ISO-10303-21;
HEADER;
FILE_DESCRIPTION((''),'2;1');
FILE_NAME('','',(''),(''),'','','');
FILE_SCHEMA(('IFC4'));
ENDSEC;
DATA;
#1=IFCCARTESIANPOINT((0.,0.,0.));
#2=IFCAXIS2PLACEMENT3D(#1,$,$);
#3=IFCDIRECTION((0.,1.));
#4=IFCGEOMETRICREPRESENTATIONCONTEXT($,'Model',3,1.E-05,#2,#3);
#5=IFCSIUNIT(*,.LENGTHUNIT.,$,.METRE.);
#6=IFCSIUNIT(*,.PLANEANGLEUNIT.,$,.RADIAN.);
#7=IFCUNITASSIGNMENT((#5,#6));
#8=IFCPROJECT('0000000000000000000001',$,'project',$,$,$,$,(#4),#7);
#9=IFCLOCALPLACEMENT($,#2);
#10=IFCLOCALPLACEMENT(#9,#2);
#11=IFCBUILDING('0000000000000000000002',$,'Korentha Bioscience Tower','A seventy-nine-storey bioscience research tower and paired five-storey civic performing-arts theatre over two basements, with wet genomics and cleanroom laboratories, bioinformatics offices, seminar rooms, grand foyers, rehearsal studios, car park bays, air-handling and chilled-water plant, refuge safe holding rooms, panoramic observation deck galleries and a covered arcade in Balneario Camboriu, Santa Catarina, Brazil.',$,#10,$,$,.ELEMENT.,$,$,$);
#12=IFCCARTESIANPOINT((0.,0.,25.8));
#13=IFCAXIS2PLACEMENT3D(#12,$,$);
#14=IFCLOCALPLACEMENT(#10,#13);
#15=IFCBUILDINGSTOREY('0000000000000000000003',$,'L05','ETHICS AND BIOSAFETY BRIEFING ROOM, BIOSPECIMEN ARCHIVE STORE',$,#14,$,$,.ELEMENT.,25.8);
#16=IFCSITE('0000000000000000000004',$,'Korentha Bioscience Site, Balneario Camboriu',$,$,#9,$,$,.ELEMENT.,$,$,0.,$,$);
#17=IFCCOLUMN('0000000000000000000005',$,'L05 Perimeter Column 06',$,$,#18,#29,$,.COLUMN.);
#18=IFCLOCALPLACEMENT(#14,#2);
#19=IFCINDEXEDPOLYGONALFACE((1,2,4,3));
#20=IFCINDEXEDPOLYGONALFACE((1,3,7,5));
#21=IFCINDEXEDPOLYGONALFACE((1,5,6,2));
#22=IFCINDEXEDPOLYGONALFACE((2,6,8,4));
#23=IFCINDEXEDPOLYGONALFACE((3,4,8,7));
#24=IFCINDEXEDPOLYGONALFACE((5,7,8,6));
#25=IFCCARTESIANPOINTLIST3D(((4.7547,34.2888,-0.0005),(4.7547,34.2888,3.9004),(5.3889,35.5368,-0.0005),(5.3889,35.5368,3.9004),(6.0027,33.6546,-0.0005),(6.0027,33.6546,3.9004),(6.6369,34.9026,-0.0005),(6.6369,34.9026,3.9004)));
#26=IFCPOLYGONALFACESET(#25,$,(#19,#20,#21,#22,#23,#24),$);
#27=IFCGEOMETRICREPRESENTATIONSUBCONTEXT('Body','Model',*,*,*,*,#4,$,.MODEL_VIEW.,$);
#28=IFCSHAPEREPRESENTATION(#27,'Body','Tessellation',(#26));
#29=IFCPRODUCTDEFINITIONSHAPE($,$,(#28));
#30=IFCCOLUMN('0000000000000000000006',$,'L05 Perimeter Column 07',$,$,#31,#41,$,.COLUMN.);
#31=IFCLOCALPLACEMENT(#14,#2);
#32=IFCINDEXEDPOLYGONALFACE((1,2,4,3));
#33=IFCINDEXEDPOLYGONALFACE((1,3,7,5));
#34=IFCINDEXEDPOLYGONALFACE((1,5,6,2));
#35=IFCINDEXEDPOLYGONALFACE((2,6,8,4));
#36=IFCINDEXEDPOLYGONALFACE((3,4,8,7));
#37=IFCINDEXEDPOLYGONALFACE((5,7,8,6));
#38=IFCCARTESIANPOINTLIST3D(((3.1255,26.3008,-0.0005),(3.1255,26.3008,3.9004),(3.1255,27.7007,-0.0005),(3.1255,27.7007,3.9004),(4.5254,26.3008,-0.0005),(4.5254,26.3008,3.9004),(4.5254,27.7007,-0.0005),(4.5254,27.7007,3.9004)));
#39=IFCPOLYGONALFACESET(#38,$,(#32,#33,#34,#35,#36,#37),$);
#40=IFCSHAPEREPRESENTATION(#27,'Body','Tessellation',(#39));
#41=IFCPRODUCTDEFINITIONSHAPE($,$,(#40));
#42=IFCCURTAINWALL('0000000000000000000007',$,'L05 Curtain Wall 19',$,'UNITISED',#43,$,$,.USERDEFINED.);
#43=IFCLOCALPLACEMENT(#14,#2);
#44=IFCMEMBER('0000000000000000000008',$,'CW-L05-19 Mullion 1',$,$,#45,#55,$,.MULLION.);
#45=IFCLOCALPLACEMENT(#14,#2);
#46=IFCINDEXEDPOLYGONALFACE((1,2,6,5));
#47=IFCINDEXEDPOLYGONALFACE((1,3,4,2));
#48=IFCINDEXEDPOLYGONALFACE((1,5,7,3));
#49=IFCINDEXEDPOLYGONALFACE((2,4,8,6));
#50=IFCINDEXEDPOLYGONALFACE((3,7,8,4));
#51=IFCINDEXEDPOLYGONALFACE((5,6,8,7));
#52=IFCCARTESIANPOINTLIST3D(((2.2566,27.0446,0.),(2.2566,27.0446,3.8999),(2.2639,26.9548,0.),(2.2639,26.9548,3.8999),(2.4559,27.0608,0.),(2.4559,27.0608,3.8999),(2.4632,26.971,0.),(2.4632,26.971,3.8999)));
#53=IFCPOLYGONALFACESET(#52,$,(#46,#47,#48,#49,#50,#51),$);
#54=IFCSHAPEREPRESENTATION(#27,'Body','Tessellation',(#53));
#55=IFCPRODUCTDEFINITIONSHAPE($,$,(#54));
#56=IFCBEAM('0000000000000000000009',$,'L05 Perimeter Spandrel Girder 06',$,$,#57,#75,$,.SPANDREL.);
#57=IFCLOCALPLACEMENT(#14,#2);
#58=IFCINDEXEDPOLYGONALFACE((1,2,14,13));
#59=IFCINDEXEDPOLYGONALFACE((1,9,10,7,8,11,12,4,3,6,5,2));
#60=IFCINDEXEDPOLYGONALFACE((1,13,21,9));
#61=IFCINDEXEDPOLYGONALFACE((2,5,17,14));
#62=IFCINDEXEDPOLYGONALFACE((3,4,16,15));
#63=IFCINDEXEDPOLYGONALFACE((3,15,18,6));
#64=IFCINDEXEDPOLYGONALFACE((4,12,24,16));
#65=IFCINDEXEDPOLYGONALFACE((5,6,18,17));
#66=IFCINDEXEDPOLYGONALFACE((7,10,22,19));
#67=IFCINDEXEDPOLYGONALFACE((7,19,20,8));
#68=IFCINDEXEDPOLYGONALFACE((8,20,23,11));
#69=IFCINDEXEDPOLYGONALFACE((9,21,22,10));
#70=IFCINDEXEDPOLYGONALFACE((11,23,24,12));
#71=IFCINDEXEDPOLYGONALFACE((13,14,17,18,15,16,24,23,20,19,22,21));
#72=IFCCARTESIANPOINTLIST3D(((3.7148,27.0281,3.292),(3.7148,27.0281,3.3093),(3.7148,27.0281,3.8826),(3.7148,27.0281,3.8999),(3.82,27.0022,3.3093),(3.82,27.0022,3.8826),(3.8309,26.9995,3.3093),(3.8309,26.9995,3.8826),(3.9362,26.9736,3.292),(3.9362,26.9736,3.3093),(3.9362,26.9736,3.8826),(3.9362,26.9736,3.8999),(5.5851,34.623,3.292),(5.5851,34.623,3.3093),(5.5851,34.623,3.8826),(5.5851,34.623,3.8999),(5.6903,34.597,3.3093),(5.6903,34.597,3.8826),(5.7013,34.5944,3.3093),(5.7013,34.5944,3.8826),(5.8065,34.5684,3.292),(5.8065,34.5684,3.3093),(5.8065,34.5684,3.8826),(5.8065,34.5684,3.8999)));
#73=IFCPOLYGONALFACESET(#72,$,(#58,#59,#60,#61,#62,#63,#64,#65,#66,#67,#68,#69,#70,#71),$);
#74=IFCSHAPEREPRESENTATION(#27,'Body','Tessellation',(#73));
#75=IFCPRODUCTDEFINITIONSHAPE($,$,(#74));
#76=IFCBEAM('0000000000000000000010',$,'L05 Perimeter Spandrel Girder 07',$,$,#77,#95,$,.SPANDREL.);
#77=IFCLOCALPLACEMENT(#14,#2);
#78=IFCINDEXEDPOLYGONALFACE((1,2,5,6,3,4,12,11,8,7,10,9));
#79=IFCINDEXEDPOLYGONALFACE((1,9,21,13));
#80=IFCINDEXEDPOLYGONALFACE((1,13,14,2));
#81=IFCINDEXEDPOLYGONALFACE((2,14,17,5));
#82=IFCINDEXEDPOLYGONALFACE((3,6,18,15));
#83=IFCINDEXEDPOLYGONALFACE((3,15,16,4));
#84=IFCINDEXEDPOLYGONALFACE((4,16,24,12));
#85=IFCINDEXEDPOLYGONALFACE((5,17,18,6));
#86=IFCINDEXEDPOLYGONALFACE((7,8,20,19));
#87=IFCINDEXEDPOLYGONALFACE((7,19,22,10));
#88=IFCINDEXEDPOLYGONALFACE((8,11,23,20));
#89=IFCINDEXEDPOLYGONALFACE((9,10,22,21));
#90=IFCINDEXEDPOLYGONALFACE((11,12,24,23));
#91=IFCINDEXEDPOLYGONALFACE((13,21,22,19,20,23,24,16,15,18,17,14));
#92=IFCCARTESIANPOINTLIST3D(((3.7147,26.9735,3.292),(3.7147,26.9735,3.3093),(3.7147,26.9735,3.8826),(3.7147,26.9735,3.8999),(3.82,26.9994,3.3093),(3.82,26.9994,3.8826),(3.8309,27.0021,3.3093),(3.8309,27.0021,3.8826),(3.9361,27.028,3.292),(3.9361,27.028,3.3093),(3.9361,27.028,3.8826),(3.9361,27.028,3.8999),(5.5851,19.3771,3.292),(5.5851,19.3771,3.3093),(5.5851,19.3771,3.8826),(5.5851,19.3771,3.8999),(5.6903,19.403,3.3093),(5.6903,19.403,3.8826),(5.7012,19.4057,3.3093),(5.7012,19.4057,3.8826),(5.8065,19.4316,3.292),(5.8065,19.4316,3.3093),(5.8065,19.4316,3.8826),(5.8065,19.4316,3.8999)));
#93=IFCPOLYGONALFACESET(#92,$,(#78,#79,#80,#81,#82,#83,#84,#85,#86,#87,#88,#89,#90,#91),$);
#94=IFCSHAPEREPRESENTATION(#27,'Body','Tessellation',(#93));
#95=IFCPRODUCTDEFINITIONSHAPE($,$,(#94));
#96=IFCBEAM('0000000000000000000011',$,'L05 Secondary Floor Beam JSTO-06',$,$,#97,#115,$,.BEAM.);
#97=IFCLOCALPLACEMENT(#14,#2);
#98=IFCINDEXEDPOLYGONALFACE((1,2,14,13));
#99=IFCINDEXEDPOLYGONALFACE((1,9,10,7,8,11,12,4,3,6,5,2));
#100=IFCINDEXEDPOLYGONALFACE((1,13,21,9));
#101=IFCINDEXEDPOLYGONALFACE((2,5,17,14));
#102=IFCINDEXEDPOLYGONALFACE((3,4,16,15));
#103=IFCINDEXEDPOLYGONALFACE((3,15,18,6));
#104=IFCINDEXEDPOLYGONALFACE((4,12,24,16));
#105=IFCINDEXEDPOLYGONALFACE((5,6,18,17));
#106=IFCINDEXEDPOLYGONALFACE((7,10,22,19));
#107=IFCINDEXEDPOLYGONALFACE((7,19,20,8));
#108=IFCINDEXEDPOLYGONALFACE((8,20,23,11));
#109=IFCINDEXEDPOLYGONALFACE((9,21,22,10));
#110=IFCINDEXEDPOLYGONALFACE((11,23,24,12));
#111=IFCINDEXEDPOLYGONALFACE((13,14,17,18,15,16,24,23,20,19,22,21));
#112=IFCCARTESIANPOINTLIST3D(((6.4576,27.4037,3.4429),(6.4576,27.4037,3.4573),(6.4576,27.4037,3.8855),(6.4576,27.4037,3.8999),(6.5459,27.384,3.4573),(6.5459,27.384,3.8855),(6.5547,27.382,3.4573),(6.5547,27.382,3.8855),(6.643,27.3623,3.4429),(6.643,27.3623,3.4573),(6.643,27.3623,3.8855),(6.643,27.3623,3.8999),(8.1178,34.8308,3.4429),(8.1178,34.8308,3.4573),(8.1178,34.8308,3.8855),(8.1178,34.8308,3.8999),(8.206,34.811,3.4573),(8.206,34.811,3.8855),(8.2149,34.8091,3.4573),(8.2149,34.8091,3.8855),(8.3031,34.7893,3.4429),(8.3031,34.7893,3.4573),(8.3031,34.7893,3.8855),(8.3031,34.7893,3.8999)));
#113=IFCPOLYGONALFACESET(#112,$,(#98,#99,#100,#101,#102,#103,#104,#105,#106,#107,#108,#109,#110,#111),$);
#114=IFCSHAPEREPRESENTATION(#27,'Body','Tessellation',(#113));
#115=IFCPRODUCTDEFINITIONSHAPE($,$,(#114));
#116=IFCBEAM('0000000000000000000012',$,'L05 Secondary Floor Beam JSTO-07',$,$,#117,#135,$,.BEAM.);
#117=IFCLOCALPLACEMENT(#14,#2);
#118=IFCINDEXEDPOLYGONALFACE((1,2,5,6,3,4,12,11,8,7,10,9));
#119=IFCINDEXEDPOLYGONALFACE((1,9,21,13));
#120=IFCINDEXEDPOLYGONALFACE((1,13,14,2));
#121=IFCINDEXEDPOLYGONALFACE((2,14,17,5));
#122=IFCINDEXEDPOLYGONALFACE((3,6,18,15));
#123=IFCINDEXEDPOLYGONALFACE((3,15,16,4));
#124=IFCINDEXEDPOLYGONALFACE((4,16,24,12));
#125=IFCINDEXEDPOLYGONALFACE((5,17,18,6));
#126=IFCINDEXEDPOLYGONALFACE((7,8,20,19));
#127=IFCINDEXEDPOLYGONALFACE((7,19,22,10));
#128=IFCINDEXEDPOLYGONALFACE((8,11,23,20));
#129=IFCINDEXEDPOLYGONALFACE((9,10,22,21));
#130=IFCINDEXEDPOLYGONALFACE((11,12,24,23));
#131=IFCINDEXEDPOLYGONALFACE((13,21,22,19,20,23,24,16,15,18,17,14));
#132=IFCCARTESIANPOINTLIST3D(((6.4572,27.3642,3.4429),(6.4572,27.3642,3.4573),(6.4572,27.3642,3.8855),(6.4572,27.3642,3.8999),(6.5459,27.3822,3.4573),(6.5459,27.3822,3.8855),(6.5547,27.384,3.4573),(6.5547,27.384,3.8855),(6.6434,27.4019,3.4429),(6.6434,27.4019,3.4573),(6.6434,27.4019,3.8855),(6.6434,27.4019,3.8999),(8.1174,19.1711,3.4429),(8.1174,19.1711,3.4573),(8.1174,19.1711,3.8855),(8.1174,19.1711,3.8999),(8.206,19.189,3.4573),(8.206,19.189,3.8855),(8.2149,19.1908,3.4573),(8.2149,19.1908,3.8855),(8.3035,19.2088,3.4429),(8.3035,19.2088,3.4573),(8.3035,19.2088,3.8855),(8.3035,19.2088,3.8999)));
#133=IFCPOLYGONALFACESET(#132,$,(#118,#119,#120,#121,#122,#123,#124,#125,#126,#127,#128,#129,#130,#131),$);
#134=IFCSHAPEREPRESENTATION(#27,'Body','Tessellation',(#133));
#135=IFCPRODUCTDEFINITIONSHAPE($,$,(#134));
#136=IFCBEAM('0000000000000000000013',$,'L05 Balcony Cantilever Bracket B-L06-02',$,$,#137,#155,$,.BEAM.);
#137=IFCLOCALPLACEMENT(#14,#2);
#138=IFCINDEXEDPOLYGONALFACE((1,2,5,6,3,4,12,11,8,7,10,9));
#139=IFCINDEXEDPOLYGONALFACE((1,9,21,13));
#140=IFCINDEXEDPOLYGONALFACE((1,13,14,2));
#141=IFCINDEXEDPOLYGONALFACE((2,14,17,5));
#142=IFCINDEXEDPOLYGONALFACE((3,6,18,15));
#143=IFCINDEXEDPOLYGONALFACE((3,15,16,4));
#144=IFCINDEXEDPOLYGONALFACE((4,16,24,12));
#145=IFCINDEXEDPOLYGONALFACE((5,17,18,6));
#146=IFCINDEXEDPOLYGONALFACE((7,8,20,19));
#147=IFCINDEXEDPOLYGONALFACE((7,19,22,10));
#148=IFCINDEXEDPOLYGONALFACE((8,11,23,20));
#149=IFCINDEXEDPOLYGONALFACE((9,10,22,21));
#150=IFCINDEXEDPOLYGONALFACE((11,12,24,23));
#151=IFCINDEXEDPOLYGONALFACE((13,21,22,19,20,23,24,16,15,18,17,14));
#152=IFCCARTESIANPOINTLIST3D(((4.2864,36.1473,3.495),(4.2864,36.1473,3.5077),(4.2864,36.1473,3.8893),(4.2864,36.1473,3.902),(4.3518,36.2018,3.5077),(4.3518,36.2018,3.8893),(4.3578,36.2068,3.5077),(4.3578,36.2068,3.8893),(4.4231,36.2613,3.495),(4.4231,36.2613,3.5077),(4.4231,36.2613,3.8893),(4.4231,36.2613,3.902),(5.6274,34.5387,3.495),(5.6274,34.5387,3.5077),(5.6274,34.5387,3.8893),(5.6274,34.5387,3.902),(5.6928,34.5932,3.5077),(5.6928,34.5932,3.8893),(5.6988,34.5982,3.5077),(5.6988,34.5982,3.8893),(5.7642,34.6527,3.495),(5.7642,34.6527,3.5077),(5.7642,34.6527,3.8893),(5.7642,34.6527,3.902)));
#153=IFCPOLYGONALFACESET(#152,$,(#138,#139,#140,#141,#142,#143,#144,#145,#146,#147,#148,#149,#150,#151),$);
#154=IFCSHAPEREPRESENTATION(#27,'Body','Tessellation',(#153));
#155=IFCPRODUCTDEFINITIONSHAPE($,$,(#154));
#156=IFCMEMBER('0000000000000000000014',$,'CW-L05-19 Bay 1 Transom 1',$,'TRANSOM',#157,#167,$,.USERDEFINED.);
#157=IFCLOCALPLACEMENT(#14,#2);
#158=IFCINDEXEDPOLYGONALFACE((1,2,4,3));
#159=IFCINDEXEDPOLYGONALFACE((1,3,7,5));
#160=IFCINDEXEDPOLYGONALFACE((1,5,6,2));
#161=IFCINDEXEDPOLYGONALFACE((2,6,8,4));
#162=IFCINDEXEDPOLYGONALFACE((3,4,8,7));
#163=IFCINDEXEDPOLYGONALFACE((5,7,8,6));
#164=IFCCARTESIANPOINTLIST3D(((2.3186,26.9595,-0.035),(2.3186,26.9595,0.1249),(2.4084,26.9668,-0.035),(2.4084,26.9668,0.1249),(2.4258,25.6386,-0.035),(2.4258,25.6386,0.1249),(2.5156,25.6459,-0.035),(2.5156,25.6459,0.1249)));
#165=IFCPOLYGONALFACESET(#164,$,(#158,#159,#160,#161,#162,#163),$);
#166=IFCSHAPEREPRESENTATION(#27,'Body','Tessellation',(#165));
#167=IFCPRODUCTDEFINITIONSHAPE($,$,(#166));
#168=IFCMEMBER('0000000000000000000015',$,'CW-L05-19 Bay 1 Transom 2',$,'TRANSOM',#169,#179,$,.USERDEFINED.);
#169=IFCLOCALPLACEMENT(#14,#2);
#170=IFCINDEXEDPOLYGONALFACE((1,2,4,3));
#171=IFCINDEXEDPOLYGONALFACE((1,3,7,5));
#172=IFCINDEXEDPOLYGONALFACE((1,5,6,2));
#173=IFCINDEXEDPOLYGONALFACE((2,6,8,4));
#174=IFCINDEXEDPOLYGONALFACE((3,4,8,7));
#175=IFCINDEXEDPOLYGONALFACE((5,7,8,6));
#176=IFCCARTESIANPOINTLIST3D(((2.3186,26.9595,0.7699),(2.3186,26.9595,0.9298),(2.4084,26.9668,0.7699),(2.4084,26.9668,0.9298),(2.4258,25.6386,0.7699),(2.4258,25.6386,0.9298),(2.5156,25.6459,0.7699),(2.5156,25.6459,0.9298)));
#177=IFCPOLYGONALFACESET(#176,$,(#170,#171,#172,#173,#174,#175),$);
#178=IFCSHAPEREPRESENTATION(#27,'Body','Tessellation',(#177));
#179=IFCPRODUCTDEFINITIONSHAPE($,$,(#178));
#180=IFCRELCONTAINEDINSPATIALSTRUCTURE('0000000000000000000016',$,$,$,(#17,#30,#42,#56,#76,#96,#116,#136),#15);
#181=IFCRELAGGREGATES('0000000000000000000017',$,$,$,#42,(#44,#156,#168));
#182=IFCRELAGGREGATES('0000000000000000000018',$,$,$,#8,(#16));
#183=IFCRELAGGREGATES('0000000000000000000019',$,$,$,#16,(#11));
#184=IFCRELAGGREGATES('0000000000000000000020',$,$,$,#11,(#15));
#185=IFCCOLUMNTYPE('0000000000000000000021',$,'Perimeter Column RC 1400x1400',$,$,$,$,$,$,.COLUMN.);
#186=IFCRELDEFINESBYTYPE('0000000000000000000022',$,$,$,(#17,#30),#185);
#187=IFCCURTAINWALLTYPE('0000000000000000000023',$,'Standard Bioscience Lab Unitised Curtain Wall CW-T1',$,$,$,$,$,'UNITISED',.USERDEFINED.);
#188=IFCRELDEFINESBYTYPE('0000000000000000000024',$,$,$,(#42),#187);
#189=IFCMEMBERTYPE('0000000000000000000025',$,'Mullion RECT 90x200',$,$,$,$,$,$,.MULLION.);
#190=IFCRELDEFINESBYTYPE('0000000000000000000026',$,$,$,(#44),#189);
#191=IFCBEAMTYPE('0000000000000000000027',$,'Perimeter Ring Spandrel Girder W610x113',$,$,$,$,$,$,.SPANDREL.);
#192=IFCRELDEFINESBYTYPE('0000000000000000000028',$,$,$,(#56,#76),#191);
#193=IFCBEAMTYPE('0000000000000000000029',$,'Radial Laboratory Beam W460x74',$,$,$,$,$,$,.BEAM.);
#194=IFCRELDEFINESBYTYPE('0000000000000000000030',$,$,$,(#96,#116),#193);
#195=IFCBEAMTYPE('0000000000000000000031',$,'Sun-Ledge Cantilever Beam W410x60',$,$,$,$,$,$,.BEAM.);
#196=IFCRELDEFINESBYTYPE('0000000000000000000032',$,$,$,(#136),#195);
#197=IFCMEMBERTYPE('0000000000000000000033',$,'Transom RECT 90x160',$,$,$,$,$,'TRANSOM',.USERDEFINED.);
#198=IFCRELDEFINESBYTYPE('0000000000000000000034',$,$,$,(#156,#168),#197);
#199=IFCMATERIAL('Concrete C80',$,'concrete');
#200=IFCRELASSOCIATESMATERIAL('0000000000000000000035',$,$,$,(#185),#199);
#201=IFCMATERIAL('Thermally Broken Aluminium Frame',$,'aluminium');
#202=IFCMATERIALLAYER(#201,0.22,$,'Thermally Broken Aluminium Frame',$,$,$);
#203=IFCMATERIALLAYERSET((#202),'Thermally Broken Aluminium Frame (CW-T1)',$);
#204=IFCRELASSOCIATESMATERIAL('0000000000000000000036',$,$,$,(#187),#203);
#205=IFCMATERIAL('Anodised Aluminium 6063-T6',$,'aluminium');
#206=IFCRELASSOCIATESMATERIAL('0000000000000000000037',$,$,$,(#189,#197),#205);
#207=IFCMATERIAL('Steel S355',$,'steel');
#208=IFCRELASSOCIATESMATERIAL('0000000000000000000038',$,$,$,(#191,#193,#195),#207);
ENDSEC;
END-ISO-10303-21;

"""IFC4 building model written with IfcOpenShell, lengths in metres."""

from ifc_helpers import new_model, si_unit, direction, frame, origin, origin_2d, place, context, subcontext, project, spatial, rectangle, i_section, extrude, material, layer, layer_set, material_profile, profile_set, type_object, element, aggregate, save


model = new_model("IFC4")

# Units and contexts
model_context = context("Model", 3, precision=1e-05, world=origin(), true_north=direction((0.0, 1.0)))
body_context = subcontext(model_context, "Body", "Model", "MODEL_VIEW")
ifc_project = project(units=[si_unit("LENGTHUNIT", "METRE"), si_unit("PLANEANGLEUNIT", "RADIAN")], contexts=[model_context])

# Site, building, storey
site_placement = place(None, origin())
site = spatial("IfcSite", under=ifc_project, at=site_placement, Name="Korentha Bioscience Site, Balneario Camboriu", CompositionType="ELEMENT", RefElevation=0.0)
building_placement = place(site_placement, origin())
building = spatial("IfcBuilding", under=site, at=building_placement, Name="Korentha Bioscience Tower", Description="A seventy-nine-storey bioscience research tower and paired five-storey civic performing-arts theatre over two basements, with wet genomics and cleanroom laboratories, bioinformatics offices, seminar rooms, grand foyers, rehearsal studios, car park bays, air-handling and chilled-water plant, refuge safe holding rooms, panoramic observation deck galleries and a covered arcade in Balneario Camboriu, Santa Catarina, Brazil.", CompositionType="ELEMENT")
storey_placement = place(building_placement, frame((0.0, 0.0, 25.8)))
storey = spatial("IfcBuildingStorey", under=building, at=storey_placement, Name="L05", Description="ETHICS AND BIOSAFETY BRIEFING ROOM, BIOSPECIMEN ARCHIVE STORE", CompositionType="ELEMENT", Elevation=25.8)

# Columns
ifc_material_1 = material(Name="Concrete C80", Category="concrete")
ifc_material_profile_1 = material_profile(ifc_material_1, rectangle(XDim=1.3999, YDim=1.3999, at=origin_2d()), Name="Concrete C80")
ifc_profile_set_1 = profile_set([ifc_material_profile_1], Name="Concrete C80 (COL-P14)")
column_type = type_object("IfcColumnType", Name="Perimeter Column RC 1400x1400", PredefinedType="COLUMN", material=ifc_profile_set_1)
for number, where, z_axis, x_axis, name in (
    (1, (5.6958, 34.5957, -0.0005), (0.0, 0.0, 1.0), (0.453057, 0.891481, 0.0), "L05 Perimeter Column 06"),
    (2, (3.8254, 27.0007, -0.0005), (0.0, 0.0, 1.0), (0.0, 1.0, 0.0), "L05 Perimeter Column 07"),
):
    element("IfcColumn", number, at=place(storey_placement, frame(where, z_axis=z_axis, x_axis=x_axis)), inside=storey, type_object=column_type, Name=name, PredefinedType="COLUMN", context=body_context, shape_type="SweptSolid", body=[
        extrude(rectangle(XDim=1.3999, YDim=1.3999, at=origin_2d()), origin(), (0.0, 0.0, 1.0), 3.9009),
    ])

# Curtain wall, member
ifc_material_2 = material(Name="Thermally Broken Aluminium Frame", Category="aluminium")
ifc_layer_1 = layer(ifc_material_2, 0.22, Name="Thermally Broken Aluminium Frame")
ifc_layer_set_1 = layer_set([ifc_layer_1], Name="Thermally Broken Aluminium Frame (CW-T1)")
curtain_wall_type = type_object("IfcCurtainWallType", Name="Standard Bioscience Lab Unitised Curtain Wall CW-T1", ElementType="UNITISED", PredefinedType="USERDEFINED", material=ifc_layer_set_1)
curtain_wall_placement = place(storey_placement, origin())
curtain_wall = element("IfcCurtainWall", 3, at=curtain_wall_placement, inside=storey, type_object=curtain_wall_type, Name="L05 Curtain Wall 19", ObjectType="UNITISED", PredefinedType="USERDEFINED")
ifc_material_3 = material(Name="Anodised Aluminium 6063-T6", Category="aluminium")
ifc_material_profile_2 = material_profile(ifc_material_3, rectangle(XDim=0.0901, YDim=0.2, at=origin_2d()), Name="Anodised Aluminium 6063-T6")
ifc_profile_set_2 = profile_set([ifc_material_profile_2], Name="Anodised Aluminium 6063-T6 (CW-MUL)")
member_type_1 = type_object("IfcMemberType", Name="Mullion RECT 90x200", PredefinedType="MULLION", material=ifc_profile_set_2)
member_1_placement = place(storey_placement, frame((2.3599, 27.0078, 0.0), z_axis=(0.0, 0.0, 1.0), x_axis=(0.08082, -0.996729, 0.0)))
member_1 = element("IfcMember", 4, at=member_1_placement, type_object=member_type_1, Name="CW-L05-19 Mullion 1", PredefinedType="MULLION", context=body_context, shape_type="SweptSolid", body=[
    extrude(rectangle(XDim=0.0901, YDim=0.2, at=origin_2d()), origin(), (0.0, 0.0, 1.0), 3.8999),
])

# Beams
ifc_material_4 = material(Name="Steel S355", Category="steel")
ifc_material_profile_3 = material_profile(ifc_material_4, i_section(OverallWidth=0.228, OverallDepth=0.6079, WebThickness=0.0112, FlangeThickness=0.0173, at=origin_2d()), Name="Steel S355")
ifc_profile_set_3 = profile_set([ifc_material_profile_3], Name="Steel S355 (SB-610)")
beam_type_1 = type_object("IfcBeamType", Name="Perimeter Ring Spandrel Girder W610x113", PredefinedType="SPANDREL", material=ifc_profile_set_3)
beam_1_placement = place(storey_placement, frame((5.6958, 34.5957, 3.5959), z_axis=(-0.239119, -0.97099, 0.0), x_axis=(0.97099, -0.239119, 0.0)))
element("IfcBeam", 5, at=beam_1_placement, inside=storey, type_object=beam_type_1, Name="L05 Perimeter Spandrel Girder 06", PredefinedType="SPANDREL", context=body_context, shape_type="SweptSolid", body=[
    extrude(i_section(OverallWidth=0.228, OverallDepth=0.6079, WebThickness=0.0112, FlangeThickness=0.0173, at=origin_2d()), origin(), (0.0, 0.0, 1.0), 7.8218),
])
beam_2_placement = place(storey_placement, frame((3.8254, 27.0007, 3.5959), z_axis=(0.239076, -0.971001, 0.0), x_axis=(0.971001, 0.239076, 0.0)))
element("IfcBeam", 6, at=beam_2_placement, inside=storey, type_object=beam_type_1, Name="L05 Perimeter Spandrel Girder 07", PredefinedType="SPANDREL", context=body_context, shape_type="SweptSolid", body=[
    extrude(i_section(OverallWidth=0.228, OverallDepth=0.6079, WebThickness=0.0112, FlangeThickness=0.0173, at=origin_2d()), origin(), (0.0, 0.0, 1.0), 7.8232),
])
ifc_material_profile_4 = material_profile(ifc_material_4, i_section(OverallWidth=0.1899, OverallDepth=0.457, WebThickness=0.009, FlangeThickness=0.0144, at=origin_2d()), Name="Steel S355")
ifc_profile_set_4 = profile_set([ifc_material_profile_4], Name="Steel S355 (RB-460)")
beam_type_2 = type_object("IfcBeamType", Name="Radial Laboratory Beam W460x74", PredefinedType="BEAM", material=ifc_profile_set_4)
beam_3_placement = place(storey_placement, frame((8.2104, 34.8101, 3.6714), z_axis=(-0.218146, -0.975916, 0.0), x_axis=(0.975916, -0.218146, 0.0)))
element("IfcBeam", 7, at=beam_3_placement, inside=storey, type_object=beam_type_2, Name="L05 Secondary Floor Beam JSTO-06", PredefinedType="BEAM", context=body_context, shape_type="SweptSolid", body=[
    extrude(i_section(OverallWidth=0.1899, OverallDepth=0.457, WebThickness=0.009, FlangeThickness=0.0144, at=origin_2d()), origin(), (0.0, 0.0, 1.0), 7.6104),
])
beam_4_placement = place(storey_placement, frame((6.5503, 27.3831, 3.6714), z_axis=(0.198592, -0.980082, 0.0), x_axis=(0.980082, 0.198592, 0.0)))
element("IfcBeam", 8, at=beam_4_placement, inside=storey, type_object=beam_type_2, Name="L05 Secondary Floor Beam JSTO-07", PredefinedType="BEAM", context=body_context, shape_type="SweptSolid", body=[
    extrude(i_section(OverallWidth=0.1899, OverallDepth=0.457, WebThickness=0.009, FlangeThickness=0.0144, at=origin_2d()), origin(), (0.0, 0.0, 1.0), 8.3596),
])
ifc_material_profile_5 = material_profile(ifc_material_4, i_section(OverallWidth=0.178, OverallDepth=0.407, WebThickness=0.0078, FlangeThickness=0.0127, at=origin_2d()), Name="Steel S355")
ifc_profile_set_5 = profile_set([ifc_material_profile_5], Name="Steel S355 (CB-410)")
beam_type_3 = type_object("IfcBeamType", Name="Sun-Ledge Cantilever Beam W410x60", PredefinedType="BEAM", material=ifc_profile_set_5)
beam_5_placement = place(storey_placement, frame((5.6958, 34.5957, 3.6985), z_axis=(-0.640333, 0.768097, 0.0), x_axis=(-0.768097, -0.640333, 0.0)))
element("IfcBeam", 9, at=beam_5_placement, inside=storey, type_object=beam_type_3, Name="L05 Balcony Cantilever Bracket B-L06-02", PredefinedType="BEAM", context=body_context, shape_type="SweptSolid", body=[
    extrude(i_section(OverallWidth=0.178, OverallDepth=0.407, WebThickness=0.0078, FlangeThickness=0.0127, at=origin_2d()), origin(), (0.0, 0.0, 1.0), 2.0942),
])

# Members
ifc_material_profile_6 = material_profile(ifc_material_3, rectangle(XDim=0.0901, YDim=0.1599, at=origin_2d()), Name="Anodised Aluminium 6063-T6")
ifc_profile_set_6 = profile_set([ifc_material_profile_6], Name="Anodised Aluminium 6063-T6 (CW-TRN)")
member_type_2 = type_object("IfcMemberType", Name="Transom RECT 90x160", ElementType="TRANSOM", PredefinedType="USERDEFINED", material=ifc_profile_set_6)
member_2_placement = place(storey_placement, frame((2.3635, 26.9631, 0.0449), z_axis=(0.08088, -0.996724, 0.0), x_axis=(0.996724, 0.08088, 0.0)))
member_2 = element("IfcMember", 10, at=member_2_placement, type_object=member_type_2, Name="CW-L05-19 Bay 1 Transom 1", ObjectType="TRANSOM", PredefinedType="USERDEFINED", context=body_context, shape_type="SweptSolid", body=[
    extrude(rectangle(XDim=0.0901, YDim=0.1599, at=origin_2d()), origin(), (0.0, 0.0, 1.0), 1.3252),
])
member_3_placement = place(storey_placement, frame((2.3635, 26.9631, 0.8499), z_axis=(0.08088, -0.996724, 0.0), x_axis=(0.996724, 0.08088, 0.0)))
member_3 = element("IfcMember", 11, at=member_3_placement, type_object=member_type_2, Name="CW-L05-19 Bay 1 Transom 2", ObjectType="TRANSOM", PredefinedType="USERDEFINED", context=body_context, shape_type="SweptSolid", body=[
    extrude(rectangle(XDim=0.0901, YDim=0.1599, at=origin_2d()), origin(), (0.0, 0.0, 1.0), 1.3252),
])

aggregate(curtain_wall, [member_1, member_2, member_3])

save(model, "model.ifc")
